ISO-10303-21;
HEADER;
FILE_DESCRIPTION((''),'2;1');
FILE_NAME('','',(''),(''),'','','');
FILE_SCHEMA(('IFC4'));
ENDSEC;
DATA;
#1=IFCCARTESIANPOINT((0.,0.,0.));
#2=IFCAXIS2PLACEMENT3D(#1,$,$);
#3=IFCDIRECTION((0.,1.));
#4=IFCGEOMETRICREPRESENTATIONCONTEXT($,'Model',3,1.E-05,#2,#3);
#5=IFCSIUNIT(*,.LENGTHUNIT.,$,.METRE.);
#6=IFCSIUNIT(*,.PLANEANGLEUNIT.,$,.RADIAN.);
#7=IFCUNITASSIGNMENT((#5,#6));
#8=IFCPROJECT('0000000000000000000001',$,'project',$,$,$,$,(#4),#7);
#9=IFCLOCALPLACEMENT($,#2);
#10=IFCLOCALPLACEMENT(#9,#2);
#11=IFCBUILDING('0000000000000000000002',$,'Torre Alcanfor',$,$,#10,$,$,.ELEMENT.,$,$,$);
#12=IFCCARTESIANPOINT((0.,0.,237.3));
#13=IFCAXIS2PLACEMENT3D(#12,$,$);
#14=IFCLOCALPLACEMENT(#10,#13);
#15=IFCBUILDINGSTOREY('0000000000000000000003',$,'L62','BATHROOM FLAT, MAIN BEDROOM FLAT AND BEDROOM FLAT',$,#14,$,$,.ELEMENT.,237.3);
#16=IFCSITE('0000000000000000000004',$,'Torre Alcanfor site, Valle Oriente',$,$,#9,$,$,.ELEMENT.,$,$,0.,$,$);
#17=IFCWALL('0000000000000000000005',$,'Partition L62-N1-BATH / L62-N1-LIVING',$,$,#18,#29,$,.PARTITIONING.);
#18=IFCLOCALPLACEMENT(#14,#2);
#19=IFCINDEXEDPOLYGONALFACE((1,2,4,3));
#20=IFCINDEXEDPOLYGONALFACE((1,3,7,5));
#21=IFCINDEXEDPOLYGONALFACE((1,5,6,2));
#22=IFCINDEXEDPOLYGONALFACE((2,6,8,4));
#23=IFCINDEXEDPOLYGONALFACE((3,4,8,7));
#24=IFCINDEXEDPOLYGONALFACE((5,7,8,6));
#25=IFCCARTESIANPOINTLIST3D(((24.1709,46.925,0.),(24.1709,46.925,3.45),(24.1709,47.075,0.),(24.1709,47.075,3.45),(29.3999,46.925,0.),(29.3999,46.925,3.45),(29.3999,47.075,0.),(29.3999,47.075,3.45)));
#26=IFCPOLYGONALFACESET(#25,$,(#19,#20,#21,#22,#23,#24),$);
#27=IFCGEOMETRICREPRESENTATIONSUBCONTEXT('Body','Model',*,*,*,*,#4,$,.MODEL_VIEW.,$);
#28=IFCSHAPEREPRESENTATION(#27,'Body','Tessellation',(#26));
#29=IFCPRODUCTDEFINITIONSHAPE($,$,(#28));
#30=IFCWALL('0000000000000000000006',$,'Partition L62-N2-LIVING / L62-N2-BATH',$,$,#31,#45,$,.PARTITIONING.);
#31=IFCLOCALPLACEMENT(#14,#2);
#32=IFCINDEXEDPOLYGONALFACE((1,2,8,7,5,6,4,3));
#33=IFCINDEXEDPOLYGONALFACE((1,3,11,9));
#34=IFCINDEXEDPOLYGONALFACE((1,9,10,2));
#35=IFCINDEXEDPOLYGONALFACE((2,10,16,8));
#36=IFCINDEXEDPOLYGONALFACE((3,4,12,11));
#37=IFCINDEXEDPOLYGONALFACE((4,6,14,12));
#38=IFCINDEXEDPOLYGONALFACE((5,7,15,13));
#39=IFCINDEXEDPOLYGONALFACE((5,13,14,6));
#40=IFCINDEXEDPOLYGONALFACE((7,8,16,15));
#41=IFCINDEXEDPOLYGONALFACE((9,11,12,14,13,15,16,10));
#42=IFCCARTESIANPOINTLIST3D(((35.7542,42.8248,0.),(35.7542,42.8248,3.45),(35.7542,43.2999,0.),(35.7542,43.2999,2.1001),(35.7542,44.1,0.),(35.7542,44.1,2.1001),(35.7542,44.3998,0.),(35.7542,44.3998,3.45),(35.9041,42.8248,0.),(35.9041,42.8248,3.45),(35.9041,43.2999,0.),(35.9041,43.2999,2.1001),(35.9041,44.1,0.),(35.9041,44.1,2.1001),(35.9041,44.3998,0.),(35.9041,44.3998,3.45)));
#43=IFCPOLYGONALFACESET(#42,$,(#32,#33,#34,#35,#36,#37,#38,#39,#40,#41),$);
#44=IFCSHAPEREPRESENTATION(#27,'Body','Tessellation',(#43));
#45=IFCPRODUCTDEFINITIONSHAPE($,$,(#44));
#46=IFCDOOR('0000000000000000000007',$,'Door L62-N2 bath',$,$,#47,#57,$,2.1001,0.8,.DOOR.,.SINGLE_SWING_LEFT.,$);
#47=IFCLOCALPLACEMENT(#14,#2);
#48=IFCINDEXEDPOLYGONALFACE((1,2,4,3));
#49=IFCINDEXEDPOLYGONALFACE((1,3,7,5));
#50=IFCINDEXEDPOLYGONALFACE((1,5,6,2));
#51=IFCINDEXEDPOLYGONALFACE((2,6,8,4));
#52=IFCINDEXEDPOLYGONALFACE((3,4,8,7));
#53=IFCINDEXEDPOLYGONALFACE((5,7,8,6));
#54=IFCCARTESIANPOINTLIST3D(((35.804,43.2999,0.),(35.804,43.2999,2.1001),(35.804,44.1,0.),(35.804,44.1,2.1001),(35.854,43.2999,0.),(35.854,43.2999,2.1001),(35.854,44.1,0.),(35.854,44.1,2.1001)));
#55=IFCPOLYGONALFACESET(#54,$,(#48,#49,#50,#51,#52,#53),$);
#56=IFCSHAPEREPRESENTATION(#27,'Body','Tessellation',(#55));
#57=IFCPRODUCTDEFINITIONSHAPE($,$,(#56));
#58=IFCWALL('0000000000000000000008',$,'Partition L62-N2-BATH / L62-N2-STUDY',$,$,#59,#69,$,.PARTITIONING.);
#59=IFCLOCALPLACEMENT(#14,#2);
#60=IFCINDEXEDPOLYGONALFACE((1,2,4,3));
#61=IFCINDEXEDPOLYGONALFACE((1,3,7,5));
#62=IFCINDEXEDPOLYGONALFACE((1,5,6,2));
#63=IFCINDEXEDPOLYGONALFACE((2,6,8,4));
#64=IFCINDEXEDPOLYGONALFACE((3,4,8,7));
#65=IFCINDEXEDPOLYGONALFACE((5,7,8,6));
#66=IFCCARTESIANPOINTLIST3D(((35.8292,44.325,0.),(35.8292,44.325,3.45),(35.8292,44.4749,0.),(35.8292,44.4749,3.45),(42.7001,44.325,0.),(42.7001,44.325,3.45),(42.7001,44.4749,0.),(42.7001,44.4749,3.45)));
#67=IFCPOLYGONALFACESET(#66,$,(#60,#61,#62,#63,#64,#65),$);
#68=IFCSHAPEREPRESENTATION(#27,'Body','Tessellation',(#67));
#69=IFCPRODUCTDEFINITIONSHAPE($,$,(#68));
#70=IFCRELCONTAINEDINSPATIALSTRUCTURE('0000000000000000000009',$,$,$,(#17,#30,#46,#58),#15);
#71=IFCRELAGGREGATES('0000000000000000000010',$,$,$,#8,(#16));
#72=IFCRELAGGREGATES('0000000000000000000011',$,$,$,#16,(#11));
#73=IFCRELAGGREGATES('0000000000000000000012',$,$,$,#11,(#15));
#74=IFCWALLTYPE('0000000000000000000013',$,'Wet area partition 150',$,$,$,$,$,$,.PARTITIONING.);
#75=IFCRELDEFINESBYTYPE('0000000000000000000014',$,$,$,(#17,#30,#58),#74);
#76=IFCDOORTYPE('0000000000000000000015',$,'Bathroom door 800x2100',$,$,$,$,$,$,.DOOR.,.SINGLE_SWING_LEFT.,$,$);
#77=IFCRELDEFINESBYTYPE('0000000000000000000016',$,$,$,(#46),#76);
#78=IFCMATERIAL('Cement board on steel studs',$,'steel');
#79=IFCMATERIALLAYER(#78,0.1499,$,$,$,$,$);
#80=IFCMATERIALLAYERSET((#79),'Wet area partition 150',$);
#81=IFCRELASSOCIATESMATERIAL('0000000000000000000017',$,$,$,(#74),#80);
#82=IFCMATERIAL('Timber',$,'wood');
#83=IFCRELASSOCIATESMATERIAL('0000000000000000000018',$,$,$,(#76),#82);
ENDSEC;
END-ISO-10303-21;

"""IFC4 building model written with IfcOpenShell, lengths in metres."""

from ifc_helpers import new_model, si_unit, direction, frame, frame_2d, origin, place, context, subcontext, project, spatial, rectangle, extrude, material, layer, layer_set, type_object, element, fill, save


model = new_model("IFC4")

# Units and contexts
model_context = context("Model", 3, precision=1e-05, world=origin(), true_north=direction((0.0, 1.0)))
body_context = subcontext(model_context, "Body", "Model", "MODEL_VIEW")
ifc_project = project(units=[si_unit("LENGTHUNIT", "METRE"), si_unit("PLANEANGLEUNIT", "RADIAN")], contexts=[model_context])

# Site, building, storey
site_placement = place(None, origin())
site = spatial("IfcSite", under=ifc_project, at=site_placement, Name="Torre Alcanfor site, Valle Oriente", CompositionType="ELEMENT", RefElevation=0.0)
building_placement = place(site_placement, origin())
building = spatial("IfcBuilding", under=site, at=building_placement, Name="Torre Alcanfor", CompositionType="ELEMENT")
storey_placement = place(building_placement, frame((0.0, 0.0, 237.3)))
storey = spatial("IfcBuildingStorey", under=building, at=storey_placement, Name="L62", Description="BATHROOM FLAT, MAIN BEDROOM FLAT AND BEDROOM FLAT", CompositionType="ELEMENT", Elevation=237.3)

# Wall
ifc_material_1 = material(Name="Cement board on steel studs", Category="steel")
ifc_layer_1 = layer(ifc_material_1, 0.1499)
ifc_layer_set_1 = layer_set([ifc_layer_1], Name="Wet area partition 150")
wall_type_1 = type_object("IfcWallType", Name="Wet area partition 150", PredefinedType="PARTITIONING", material=ifc_layer_set_1)
wall_1_placement = place(storey_placement, frame((29.3999, 47.0, 0.0), z_axis=(0.0, 0.0, 1.0), x_axis=(-1.0, 0.0, 0.0)))
element("IfcWall", 1, at=wall_1_placement, inside=storey, type_object=wall_type_1, Name="Partition L62-N1-BATH / L62-N1-LIVING", PredefinedType="PARTITIONING", context=body_context, shape_type="SweptSolid", body=[
    extrude(rectangle(XDim=5.229, YDim=0.1499, at=frame_2d((2.6145, 0.0))), origin(), (0.0, 0.0, 1.0), 3.45),
])

# Wall, opening, door
wall_2_placement = place(storey_placement, frame((35.8291, 44.3999, 0.0), z_axis=(0.0, 0.0, 1.0), x_axis=(0.0, -1.0, 0.0)))
wall_2 = element("IfcWall", 2, at=wall_2_placement, inside=storey, type_object=wall_type_1, Name="Partition L62-N2-LIVING / L62-N2-BATH", PredefinedType="PARTITIONING", context=body_context, shape_type="SweptSolid", body=[
    extrude(rectangle(XDim=1.575, YDim=0.1499, at=frame_2d((0.7876, 0.0))), origin(), (0.0, 0.0, 1.0), 3.45),
])
opening_1_placement = place(wall_2_placement, frame((0.3, 0.0, 0.0)))
opening_1 = element("IfcOpeningElement", 3, at=opening_1_placement, cuts=wall_2, PredefinedType="OPENING", context=body_context, shape_type="SweptSolid", body=[
    extrude(rectangle(XDim=0.8, YDim=2.1001, at=frame_2d((0.3999, 1.05))), frame((0.0, 0.085, 0.0), z_axis=(0.0, -1.0, 0.0), x_axis=(1.0, 0.0, 0.0)), (0.0, 0.0, 1.0), 0.1699),
])
ifc_material_2 = material(Name="Timber", Category="wood")
door_type_1 = type_object("IfcDoorType", Name="Bathroom door 800x2100", OperationType="SINGLE_SWING_LEFT", PredefinedType="DOOR", material=ifc_material_2)
door_1_placement = place(opening_1_placement, origin())
door_1 = element("IfcDoor", 4, at=door_1_placement, inside=storey, type_object=door_type_1, Name="Door L62-N2 bath", OperationType="SINGLE_SWING_LEFT", OverallHeight=2.1001, OverallWidth=0.8, PredefinedType="DOOR", context=body_context, shape_type="SweptSolid", body=[
    extrude(rectangle(XDim=0.8, YDim=2.1001, at=frame_2d((0.3999, 1.05))), frame((0.0, 0.0249, 0.0), z_axis=(0.0, -1.0, 0.0), x_axis=(1.0, 0.0, 0.0)), (0.0, 0.0, 1.0), 0.05),
])
fill(opening_1, door_1)

# Wall
wall_3_placement = place(storey_placement, frame((35.8291, 44.3999, 0.0), z_axis=(0.0, 0.0, 1.0), x_axis=(1.0, 0.0, 0.0)))
element("IfcWall", 5, at=wall_3_placement, inside=storey, type_object=wall_type_1, Name="Partition L62-N2-BATH / L62-N2-STUDY", PredefinedType="PARTITIONING", context=body_context, shape_type="SweptSolid", body=[
    extrude(rectangle(XDim=6.8708, YDim=0.1499, at=frame_2d((3.4355, 0.0))), origin(), (0.0, 0.0, 1.0), 3.45),
])

save(model, "model.ifc")
